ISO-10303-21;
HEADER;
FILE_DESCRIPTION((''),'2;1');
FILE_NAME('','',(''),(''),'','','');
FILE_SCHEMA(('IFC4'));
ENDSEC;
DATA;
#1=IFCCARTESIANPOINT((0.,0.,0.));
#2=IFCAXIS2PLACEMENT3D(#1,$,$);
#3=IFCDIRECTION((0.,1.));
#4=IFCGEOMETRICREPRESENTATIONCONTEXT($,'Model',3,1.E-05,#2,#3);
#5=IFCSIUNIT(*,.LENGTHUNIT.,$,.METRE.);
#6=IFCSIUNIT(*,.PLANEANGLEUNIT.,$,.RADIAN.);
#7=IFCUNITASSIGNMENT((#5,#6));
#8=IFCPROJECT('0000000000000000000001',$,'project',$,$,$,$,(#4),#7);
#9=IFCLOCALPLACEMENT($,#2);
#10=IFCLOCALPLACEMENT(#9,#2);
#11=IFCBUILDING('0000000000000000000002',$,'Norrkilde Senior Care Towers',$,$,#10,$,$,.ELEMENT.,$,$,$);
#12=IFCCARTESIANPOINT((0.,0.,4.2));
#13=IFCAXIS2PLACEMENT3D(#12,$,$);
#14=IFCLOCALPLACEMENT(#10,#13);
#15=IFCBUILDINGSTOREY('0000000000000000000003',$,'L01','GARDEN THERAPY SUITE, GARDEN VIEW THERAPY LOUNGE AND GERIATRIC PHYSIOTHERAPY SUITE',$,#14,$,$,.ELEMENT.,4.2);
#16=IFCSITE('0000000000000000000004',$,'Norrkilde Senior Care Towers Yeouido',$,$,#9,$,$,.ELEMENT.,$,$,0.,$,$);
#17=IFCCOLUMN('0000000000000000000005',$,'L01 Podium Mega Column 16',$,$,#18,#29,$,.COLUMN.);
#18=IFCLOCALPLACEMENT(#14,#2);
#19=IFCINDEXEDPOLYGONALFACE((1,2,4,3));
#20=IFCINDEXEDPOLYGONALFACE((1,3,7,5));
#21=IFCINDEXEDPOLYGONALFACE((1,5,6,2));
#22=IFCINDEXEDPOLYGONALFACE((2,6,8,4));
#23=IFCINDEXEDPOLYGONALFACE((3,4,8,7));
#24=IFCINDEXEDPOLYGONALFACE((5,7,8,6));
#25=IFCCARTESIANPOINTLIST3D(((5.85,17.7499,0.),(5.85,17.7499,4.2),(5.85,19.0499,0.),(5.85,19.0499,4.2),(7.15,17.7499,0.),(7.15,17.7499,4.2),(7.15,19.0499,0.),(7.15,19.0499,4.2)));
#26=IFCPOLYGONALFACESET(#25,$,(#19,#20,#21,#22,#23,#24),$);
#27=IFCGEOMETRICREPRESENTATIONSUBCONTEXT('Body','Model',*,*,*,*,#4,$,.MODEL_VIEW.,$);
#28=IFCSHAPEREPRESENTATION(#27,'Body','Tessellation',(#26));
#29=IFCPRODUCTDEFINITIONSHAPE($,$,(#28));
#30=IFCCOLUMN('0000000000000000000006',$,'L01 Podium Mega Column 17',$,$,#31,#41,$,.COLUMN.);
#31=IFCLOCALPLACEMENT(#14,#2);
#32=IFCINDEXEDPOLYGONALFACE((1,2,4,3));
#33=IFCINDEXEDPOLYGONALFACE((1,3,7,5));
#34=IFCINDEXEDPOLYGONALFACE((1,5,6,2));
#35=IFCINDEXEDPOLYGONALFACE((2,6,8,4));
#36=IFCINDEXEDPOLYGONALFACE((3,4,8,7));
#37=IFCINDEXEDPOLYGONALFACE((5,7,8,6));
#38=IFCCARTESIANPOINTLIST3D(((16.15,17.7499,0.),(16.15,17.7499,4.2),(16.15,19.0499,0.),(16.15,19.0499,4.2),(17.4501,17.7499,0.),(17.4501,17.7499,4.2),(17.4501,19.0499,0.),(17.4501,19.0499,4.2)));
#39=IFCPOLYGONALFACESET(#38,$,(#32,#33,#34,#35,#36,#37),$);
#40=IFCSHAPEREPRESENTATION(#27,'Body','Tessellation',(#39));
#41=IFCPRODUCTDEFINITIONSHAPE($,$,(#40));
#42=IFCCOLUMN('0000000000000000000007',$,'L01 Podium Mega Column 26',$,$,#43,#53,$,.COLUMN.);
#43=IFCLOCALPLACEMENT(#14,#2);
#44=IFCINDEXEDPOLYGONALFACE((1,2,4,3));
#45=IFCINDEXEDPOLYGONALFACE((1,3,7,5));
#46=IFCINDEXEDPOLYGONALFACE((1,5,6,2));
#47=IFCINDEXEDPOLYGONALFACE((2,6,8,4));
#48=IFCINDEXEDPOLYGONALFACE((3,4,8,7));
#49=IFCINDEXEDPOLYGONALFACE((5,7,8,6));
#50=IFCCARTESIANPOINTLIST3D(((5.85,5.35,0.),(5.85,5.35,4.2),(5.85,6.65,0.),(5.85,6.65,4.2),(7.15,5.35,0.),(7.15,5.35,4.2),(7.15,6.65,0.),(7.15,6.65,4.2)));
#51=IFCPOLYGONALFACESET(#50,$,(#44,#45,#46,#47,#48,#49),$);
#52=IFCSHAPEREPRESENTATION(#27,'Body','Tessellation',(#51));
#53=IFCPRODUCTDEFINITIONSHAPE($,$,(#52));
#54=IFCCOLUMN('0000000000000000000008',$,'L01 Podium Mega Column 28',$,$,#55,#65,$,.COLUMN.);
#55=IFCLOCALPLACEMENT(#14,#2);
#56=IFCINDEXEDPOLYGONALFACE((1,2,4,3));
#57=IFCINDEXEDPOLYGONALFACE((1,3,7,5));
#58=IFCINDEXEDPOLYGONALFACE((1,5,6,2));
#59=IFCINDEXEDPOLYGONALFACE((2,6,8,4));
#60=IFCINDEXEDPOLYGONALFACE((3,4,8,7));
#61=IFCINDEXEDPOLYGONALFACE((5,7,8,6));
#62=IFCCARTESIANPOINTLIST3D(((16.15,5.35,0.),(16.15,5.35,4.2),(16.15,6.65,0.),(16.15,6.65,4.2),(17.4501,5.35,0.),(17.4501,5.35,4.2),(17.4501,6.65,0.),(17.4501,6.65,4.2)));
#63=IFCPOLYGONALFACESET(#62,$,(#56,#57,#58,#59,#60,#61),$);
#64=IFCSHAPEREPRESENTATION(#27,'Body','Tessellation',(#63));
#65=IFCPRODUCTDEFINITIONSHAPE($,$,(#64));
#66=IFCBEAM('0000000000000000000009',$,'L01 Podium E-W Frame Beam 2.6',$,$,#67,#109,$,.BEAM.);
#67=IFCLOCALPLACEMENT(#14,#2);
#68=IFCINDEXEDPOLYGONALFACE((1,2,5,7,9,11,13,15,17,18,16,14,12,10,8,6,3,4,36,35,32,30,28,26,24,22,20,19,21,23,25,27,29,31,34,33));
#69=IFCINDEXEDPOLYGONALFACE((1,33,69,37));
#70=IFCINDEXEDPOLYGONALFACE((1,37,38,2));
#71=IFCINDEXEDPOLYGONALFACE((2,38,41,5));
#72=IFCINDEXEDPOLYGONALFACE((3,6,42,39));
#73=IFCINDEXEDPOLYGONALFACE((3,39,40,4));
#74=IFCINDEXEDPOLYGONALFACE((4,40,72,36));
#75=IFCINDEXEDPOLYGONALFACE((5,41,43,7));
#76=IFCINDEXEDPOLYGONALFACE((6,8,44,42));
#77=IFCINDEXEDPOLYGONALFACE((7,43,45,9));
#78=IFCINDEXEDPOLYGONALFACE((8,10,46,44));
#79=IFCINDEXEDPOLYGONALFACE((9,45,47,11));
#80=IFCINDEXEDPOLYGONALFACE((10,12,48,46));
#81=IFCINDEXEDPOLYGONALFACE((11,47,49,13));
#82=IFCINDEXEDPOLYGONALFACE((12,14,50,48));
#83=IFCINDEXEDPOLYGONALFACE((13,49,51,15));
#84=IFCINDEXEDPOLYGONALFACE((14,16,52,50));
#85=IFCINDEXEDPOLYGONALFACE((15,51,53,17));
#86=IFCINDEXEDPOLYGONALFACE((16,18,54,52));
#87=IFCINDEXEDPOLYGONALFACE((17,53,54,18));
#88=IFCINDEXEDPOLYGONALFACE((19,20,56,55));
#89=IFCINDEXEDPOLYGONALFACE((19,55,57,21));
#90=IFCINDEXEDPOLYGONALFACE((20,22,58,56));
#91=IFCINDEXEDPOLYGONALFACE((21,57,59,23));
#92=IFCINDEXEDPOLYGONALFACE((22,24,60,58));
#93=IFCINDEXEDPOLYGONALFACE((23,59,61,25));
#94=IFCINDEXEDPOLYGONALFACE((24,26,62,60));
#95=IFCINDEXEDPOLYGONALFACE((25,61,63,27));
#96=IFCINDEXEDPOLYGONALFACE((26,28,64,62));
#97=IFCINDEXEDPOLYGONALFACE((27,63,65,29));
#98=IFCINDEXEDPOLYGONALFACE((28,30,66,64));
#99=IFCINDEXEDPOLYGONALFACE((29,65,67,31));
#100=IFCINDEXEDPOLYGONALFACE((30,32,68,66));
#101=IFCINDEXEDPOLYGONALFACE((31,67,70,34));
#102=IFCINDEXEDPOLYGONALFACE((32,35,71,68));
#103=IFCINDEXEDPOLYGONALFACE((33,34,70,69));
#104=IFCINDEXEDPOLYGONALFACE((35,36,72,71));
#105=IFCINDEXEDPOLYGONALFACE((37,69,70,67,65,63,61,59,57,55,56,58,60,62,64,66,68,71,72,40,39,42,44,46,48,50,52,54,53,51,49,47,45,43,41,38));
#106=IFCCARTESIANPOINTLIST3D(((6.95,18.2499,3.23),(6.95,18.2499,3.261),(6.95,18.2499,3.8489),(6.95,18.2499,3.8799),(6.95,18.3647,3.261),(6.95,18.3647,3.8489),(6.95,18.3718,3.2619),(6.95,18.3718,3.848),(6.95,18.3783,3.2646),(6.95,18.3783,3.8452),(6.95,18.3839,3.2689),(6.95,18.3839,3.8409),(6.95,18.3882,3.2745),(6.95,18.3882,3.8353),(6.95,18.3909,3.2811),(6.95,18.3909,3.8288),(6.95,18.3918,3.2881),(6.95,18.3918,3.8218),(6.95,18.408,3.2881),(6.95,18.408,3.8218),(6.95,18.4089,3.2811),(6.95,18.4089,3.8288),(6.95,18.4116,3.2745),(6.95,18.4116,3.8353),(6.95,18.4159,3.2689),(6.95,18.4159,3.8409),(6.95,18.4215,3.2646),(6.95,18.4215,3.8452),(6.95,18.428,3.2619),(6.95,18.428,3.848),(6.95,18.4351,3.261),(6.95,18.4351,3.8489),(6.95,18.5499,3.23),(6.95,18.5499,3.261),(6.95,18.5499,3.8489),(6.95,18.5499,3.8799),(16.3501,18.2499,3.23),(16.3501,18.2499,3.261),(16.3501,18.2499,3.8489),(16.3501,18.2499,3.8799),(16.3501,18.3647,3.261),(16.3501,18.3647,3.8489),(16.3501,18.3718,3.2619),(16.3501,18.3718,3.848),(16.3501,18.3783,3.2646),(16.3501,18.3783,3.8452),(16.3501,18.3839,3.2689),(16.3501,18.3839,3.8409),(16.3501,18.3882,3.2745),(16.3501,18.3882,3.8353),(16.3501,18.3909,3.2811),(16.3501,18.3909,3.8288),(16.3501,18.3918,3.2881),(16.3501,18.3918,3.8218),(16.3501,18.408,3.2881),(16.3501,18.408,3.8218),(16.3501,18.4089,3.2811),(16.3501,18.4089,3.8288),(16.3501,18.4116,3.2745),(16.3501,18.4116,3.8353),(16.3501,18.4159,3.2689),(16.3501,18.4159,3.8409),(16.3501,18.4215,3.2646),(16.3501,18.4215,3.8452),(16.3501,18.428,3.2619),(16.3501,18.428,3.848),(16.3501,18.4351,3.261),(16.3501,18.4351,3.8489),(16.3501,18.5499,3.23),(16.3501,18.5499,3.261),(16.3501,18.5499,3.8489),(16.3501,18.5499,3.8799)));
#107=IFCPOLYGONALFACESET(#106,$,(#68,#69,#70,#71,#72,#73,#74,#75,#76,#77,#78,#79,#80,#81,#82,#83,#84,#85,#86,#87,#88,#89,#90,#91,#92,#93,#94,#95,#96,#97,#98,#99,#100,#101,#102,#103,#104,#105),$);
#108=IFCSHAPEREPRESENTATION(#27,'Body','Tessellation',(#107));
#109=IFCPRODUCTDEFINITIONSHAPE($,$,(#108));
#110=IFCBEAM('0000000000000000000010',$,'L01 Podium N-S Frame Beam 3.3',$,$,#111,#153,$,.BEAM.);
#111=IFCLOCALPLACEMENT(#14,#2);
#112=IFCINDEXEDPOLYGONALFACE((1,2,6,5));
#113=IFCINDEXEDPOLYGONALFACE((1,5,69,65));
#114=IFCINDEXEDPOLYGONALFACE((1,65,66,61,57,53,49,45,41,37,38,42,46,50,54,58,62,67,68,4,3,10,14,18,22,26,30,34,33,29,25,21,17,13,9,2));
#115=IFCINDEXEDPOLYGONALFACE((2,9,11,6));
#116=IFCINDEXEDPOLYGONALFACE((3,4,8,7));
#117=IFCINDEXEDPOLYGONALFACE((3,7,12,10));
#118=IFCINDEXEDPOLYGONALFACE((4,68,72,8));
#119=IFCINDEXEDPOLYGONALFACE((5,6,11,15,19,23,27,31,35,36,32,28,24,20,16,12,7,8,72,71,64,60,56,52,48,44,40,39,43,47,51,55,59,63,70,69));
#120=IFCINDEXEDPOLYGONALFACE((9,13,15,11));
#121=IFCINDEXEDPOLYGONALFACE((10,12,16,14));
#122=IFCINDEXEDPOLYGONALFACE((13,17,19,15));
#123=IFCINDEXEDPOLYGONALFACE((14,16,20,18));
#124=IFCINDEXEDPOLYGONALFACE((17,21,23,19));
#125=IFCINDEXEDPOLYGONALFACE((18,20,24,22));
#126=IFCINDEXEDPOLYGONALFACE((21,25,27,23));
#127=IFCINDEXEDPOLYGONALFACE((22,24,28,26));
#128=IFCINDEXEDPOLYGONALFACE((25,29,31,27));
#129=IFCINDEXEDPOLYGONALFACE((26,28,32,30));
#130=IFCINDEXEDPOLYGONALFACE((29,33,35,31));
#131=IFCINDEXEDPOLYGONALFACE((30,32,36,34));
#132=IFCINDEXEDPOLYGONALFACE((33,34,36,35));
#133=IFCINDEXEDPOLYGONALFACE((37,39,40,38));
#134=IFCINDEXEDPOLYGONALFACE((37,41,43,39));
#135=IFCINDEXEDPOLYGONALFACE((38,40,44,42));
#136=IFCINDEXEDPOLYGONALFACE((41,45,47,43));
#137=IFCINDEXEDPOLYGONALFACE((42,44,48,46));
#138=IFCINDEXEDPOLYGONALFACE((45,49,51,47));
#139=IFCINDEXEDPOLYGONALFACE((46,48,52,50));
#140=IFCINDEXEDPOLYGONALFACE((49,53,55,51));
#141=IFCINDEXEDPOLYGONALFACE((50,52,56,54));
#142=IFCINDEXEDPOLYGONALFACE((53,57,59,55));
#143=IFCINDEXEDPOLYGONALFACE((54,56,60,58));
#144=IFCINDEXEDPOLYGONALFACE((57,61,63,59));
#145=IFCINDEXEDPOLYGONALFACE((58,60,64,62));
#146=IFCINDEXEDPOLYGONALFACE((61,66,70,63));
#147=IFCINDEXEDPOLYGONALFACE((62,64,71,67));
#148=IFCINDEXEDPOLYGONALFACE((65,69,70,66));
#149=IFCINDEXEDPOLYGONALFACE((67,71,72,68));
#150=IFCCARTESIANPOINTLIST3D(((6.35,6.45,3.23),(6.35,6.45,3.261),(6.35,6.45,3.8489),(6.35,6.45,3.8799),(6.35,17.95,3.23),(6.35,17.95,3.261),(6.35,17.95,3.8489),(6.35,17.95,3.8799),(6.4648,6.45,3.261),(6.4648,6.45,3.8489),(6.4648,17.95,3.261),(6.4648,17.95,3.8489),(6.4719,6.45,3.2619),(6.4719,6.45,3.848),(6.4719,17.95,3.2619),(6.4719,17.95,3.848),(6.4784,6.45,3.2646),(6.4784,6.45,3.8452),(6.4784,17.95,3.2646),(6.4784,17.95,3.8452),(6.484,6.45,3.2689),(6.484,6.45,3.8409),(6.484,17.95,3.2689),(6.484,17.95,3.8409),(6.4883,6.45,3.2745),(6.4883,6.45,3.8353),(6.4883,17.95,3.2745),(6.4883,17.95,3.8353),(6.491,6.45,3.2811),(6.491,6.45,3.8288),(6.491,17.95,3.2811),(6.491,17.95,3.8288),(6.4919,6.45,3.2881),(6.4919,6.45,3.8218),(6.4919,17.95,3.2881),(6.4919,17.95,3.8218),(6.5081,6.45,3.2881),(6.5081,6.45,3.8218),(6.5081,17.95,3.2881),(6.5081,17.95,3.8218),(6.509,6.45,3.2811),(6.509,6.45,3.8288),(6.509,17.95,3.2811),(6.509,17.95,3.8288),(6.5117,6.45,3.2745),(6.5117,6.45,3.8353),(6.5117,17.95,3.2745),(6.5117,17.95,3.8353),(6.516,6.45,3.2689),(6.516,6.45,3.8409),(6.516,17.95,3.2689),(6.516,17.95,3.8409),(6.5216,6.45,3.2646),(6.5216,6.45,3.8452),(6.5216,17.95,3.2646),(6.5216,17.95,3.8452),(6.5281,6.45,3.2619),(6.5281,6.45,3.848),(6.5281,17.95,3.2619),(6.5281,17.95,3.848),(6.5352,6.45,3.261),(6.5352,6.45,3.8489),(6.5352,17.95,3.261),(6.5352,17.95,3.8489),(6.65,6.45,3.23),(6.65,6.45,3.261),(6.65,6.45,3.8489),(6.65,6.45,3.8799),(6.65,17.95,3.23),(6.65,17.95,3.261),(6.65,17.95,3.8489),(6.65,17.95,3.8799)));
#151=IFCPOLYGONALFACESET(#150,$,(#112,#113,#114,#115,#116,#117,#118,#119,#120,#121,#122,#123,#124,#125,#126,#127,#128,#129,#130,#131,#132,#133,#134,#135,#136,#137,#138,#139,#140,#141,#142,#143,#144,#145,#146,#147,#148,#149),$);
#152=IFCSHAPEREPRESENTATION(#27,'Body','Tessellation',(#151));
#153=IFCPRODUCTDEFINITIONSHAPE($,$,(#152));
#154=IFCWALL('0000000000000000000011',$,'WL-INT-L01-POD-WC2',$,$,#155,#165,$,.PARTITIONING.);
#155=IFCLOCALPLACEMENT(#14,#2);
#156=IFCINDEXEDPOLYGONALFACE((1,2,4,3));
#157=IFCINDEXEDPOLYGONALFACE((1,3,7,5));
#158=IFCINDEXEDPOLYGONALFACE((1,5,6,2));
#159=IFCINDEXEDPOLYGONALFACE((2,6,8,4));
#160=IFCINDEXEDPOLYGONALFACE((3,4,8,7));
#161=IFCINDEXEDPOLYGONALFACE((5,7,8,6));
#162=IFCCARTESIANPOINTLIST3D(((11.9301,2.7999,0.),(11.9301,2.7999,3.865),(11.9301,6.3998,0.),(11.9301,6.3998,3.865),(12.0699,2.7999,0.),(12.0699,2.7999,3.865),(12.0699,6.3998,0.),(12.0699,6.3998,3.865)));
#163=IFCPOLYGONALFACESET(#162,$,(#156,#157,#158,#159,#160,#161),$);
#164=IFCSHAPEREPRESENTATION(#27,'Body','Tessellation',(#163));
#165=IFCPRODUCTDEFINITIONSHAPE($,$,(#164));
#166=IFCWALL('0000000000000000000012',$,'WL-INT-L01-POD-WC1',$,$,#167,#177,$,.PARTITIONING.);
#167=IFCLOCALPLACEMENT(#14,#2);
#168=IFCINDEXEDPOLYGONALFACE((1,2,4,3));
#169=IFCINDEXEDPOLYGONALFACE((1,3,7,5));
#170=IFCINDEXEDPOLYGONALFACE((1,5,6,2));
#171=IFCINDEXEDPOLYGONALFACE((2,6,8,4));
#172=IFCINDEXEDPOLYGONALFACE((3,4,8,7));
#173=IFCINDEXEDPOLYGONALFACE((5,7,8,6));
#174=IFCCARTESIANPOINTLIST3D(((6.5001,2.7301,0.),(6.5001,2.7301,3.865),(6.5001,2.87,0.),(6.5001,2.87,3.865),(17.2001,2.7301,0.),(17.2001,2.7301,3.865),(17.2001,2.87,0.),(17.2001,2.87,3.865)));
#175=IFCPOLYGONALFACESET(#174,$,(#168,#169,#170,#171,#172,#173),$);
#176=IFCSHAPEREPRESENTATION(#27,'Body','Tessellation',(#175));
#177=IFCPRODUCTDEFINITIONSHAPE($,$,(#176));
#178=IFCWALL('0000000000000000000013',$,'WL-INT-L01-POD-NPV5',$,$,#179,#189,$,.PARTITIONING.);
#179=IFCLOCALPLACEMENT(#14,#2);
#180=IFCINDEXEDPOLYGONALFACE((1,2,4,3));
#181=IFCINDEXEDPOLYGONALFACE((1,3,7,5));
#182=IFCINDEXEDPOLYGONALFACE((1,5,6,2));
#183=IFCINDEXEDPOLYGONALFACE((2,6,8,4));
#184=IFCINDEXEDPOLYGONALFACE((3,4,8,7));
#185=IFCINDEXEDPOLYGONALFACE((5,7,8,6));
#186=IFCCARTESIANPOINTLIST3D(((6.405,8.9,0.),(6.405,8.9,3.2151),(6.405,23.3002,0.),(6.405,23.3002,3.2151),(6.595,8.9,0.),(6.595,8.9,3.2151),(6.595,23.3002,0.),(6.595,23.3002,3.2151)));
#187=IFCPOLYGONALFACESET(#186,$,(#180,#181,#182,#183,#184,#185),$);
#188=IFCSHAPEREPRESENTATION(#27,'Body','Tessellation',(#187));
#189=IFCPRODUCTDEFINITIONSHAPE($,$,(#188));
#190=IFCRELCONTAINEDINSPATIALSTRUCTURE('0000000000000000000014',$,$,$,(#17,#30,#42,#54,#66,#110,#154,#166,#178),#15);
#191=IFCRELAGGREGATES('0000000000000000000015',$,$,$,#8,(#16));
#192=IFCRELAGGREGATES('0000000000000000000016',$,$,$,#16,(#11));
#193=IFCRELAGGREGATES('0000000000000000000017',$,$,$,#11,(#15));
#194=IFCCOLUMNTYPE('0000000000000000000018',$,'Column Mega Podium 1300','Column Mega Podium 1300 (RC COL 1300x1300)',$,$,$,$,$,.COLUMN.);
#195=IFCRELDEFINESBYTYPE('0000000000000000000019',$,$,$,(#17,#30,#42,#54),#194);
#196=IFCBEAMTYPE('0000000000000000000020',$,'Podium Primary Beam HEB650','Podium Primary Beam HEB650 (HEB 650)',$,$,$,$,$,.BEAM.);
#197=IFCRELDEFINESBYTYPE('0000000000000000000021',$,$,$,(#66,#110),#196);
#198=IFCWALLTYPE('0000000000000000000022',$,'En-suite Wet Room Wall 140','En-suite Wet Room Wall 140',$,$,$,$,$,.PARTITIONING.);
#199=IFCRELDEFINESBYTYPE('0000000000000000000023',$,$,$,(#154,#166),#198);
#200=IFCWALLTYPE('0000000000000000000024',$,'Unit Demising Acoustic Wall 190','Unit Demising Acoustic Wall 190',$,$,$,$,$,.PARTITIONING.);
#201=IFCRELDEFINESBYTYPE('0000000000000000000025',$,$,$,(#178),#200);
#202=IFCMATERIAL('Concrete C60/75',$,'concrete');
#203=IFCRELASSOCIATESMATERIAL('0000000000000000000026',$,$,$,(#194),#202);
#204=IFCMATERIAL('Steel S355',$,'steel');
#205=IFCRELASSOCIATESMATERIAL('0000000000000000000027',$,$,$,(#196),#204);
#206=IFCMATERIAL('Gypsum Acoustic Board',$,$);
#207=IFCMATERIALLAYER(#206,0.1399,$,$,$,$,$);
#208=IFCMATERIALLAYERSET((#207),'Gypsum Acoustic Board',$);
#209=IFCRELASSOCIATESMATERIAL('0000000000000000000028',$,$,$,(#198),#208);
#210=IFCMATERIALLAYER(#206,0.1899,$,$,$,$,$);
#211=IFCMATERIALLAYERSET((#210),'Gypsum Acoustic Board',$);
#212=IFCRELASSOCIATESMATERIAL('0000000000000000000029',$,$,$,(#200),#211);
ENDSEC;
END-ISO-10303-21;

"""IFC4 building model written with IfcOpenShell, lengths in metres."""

from ifc_helpers import new_model, si_unit, direction, frame, frame_2d, origin, origin_2d, place, context, subcontext, project, spatial, rectangle, i_section, extrude, source, transform, mapped, material, layer, layer_set, material_profile, profile_set, type_object, type_shapes, element, save


model = new_model("IFC4")

# Units and contexts
model_context = context("Model", 3, precision=1e-05, world=origin(), true_north=direction((0.0, 1.0)))
body_context = subcontext(model_context, "Body", "Model", "MODEL_VIEW")
ifc_project = project(units=[si_unit("LENGTHUNIT", "METRE"), si_unit("PLANEANGLEUNIT", "RADIAN")], contexts=[model_context])

# Site, building, storey
site_placement = place(None, origin())
site = spatial("IfcSite", under=ifc_project, at=site_placement, Name="Norrkilde Senior Care Towers Yeouido", CompositionType="ELEMENT", RefElevation=0.0)
building_placement = place(site_placement, origin())
building = spatial("IfcBuilding", under=site, at=building_placement, Name="Norrkilde Senior Care Towers", CompositionType="ELEMENT")
storey_placement = place(building_placement, frame((0.0, 0.0, 4.2)))
storey = spatial("IfcBuildingStorey", under=building, at=storey_placement, Name="L01", Description="GARDEN THERAPY SUITE, GARDEN VIEW THERAPY LOUNGE AND GERIATRIC PHYSIOTHERAPY SUITE", CompositionType="ELEMENT", Elevation=4.2)

# Columns
ifc_material_1 = material(Name="Concrete C60/75", Category="concrete")
ifc_material_profile_1 = material_profile(ifc_material_1, rectangle(XDim=1.3, YDim=1.3, at=origin_2d()), Name="RC COL 1300x1300")
ifc_profile_set_1 = profile_set([ifc_material_profile_1], Name="Concrete C60/75")
column_type = type_object("IfcColumnType", Name="Column Mega Podium 1300", Description="Column Mega Podium 1300 (RC COL 1300x1300)", PredefinedType="COLUMN", material=ifc_profile_set_1)
shared_shape_1 = source(origin(), body_context, "Body", "SweptSolid", [
    extrude(rectangle(XDim=1.3, YDim=1.3, at=origin_2d()), origin(), (0.0, 0.0, 1.0), 4.2),
])
type_shapes(column_type, [shared_shape_1])
for number, where, z_axis, x_axis, name in (
    (1, (6.5, 18.3999, 0.0), (0.0, 0.0, 1.0), (1.0, 0.0, 0.0), "L01 Podium Mega Column 16"),
    (2, (16.8, 18.3999, 0.0), (0.0, 0.0, 1.0), (1.0, 0.0, 0.0), "L01 Podium Mega Column 17"),
    (3, (6.5, 6.0, 0.0), (0.0, 0.0, 1.0), (1.0, 0.0, 0.0), "L01 Podium Mega Column 26"),
    (4, (16.8, 6.0, 0.0), (0.0, 0.0, 1.0), (1.0, 0.0, 0.0), "L01 Podium Mega Column 28"),
):
    element("IfcColumn", number, at=place(storey_placement, frame(where, z_axis=z_axis, x_axis=x_axis)), inside=storey, type_object=column_type, Name=name, PredefinedType="COLUMN", context=body_context, shape_type="MappedRepresentation", body=[
        mapped(shared_shape_1, transform((0.0, 0.0, 0.0), x_axis=(1.0, 0.0, 0.0), y_axis=(0.0, 1.0, 0.0), z_axis=(0.0, 0.0, 1.0), scale=1.0)),
    ])

# Beams
ifc_material_2 = material(Name="Steel S355", Category="steel")
ifc_material_profile_2 = material_profile(ifc_material_2, i_section(OverallWidth=0.3, OverallDepth=0.6499, WebThickness=0.0161, FlangeThickness=0.031, FilletRadius=0.0271, at=origin_2d()), Name="HEB 650")
ifc_profile_set_2 = profile_set([ifc_material_profile_2], Name="Steel S355")
beam_type = type_object("IfcBeamType", Name="Podium Primary Beam HEB650", Description="Podium Primary Beam HEB650 (HEB 650)", PredefinedType="BEAM", material=ifc_profile_set_2)
shared_shape_2 = source(origin(), body_context, "Body", "SweptSolid", [
    extrude(i_section(OverallWidth=0.3, OverallDepth=0.6499, WebThickness=0.0161, FlangeThickness=0.031, FilletRadius=0.0271, at=origin_2d()), origin(), (0.0, 0.0, 1.0), 9.4001),
])
beam_1_placement = place(storey_placement, frame((6.95, 18.3999, 3.5549), z_axis=(1.0, 0.0, 0.0), x_axis=(0.0, 1.0, 0.0)))
element("IfcBeam", 5, at=beam_1_placement, inside=storey, type_object=beam_type, Name="L01 Podium E-W Frame Beam 2.6", PredefinedType="BEAM", context=body_context, shape_type="MappedRepresentation", body=[
    mapped(shared_shape_2, transform((0.0, 0.0, 0.0), x_axis=(1.0, 0.0, 0.0), y_axis=(0.0, 1.0, 0.0), z_axis=(0.0, 0.0, 1.0), scale=1.0)),
])
shared_shape_3 = source(origin(), body_context, "Body", "SweptSolid", [
    extrude(i_section(OverallWidth=0.3, OverallDepth=0.6499, WebThickness=0.0161, FlangeThickness=0.031, FilletRadius=0.0271, at=origin_2d()), origin(), (0.0, 0.0, 1.0), 11.5),
])
type_shapes(beam_type, [shared_shape_2, shared_shape_3])
beam_2_placement = place(storey_placement, frame((6.5, 6.45, 3.5549), z_axis=(0.0, 1.0, 0.0), x_axis=(-1.0, 0.0, 0.0)))
element("IfcBeam", 6, at=beam_2_placement, inside=storey, type_object=beam_type, Name="L01 Podium N-S Frame Beam 3.3", PredefinedType="BEAM", context=body_context, shape_type="MappedRepresentation", body=[
    mapped(shared_shape_3, transform((0.0, 0.0, 0.0), x_axis=(1.0, 0.0, 0.0), y_axis=(0.0, 1.0, 0.0), z_axis=(0.0, 0.0, 1.0), scale=1.0)),
])

# Walls
ifc_material_3 = material(Name="Gypsum Acoustic Board")
ifc_layer_1 = layer(ifc_material_3, 0.1399)
ifc_layer_set_1 = layer_set([ifc_layer_1], Name="Gypsum Acoustic Board")
wall_type_1 = type_object("IfcWallType", Name="En-suite Wet Room Wall 140", Description="En-suite Wet Room Wall 140", PredefinedType="PARTITIONING", material=ifc_layer_set_1)
shared_shape_4 = source(origin(), body_context, "Body", "SweptSolid", [
    extrude(rectangle(XDim=3.5999, YDim=0.1399, at=frame_2d((1.7998, 0.0))), origin(), (0.0, 0.0, 1.0), 3.865),
])
wall_1_placement = place(storey_placement, frame((12.0, 2.8, 0.0), z_axis=(0.0, 0.0, 1.0), x_axis=(0.0, 1.0, 0.0)))
element("IfcWall", 7, at=wall_1_placement, inside=storey, type_object=wall_type_1, Name="WL-INT-L01-POD-WC2", PredefinedType="PARTITIONING", context=body_context, shape_type="MappedRepresentation", body=[
    mapped(shared_shape_4, transform((0.0, 0.0, 0.0), x_axis=(1.0, 0.0, 0.0), y_axis=(0.0, 1.0, 0.0), z_axis=(0.0, 0.0, 1.0), scale=1.0)),
])
shared_shape_5 = source(origin(), body_context, "Body", "SweptSolid", [
    extrude(rectangle(XDim=10.7, YDim=0.1399, at=frame_2d((5.3501, 0.0))), origin(), (0.0, 0.0, 1.0), 3.865),
])
type_shapes(wall_type_1, [shared_shape_4, shared_shape_5])
wall_2_placement = place(storey_placement, frame((6.5, 2.8, 0.0), z_axis=(0.0, 0.0, 1.0), x_axis=(1.0, 0.0, 0.0)))
element("IfcWall", 8, at=wall_2_placement, inside=storey, type_object=wall_type_1, Name="WL-INT-L01-POD-WC1", PredefinedType="PARTITIONING", context=body_context, shape_type="MappedRepresentation", body=[
    mapped(shared_shape_5, transform((0.0, 0.0, 0.0), x_axis=(1.0, 0.0, 0.0), y_axis=(0.0, 1.0, 0.0), z_axis=(0.0, 0.0, 1.0), scale=1.0)),
])
ifc_layer_2 = layer(ifc_material_3, 0.1899)
ifc_layer_set_2 = layer_set([ifc_layer_2], Name="Gypsum Acoustic Board")
wall_type_2 = type_object("IfcWallType", Name="Unit Demising Acoustic Wall 190", Description="Unit Demising Acoustic Wall 190", PredefinedType="PARTITIONING", material=ifc_layer_set_2)
shared_shape_6 = source(origin(), body_context, "Body", "SweptSolid", [
    extrude(rectangle(XDim=14.4001, YDim=0.1899, at=frame_2d((7.2002, 0.0))), origin(), (0.0, 0.0, 1.0), 3.2151),
])
type_shapes(wall_type_2, [shared_shape_6])
wall_3_placement = place(storey_placement, frame((6.5, 8.8999, 0.0), z_axis=(0.0, 0.0, 1.0), x_axis=(0.0, 1.0, 0.0)))
element("IfcWall", 9, at=wall_3_placement, inside=storey, type_object=wall_type_2, Name="WL-INT-L01-POD-NPV5", PredefinedType="PARTITIONING", context=body_context, shape_type="MappedRepresentation", body=[
    mapped(shared_shape_6, transform((0.0, 0.0, 0.0), x_axis=(1.0, 0.0, 0.0), y_axis=(0.0, 1.0, 0.0), z_axis=(0.0, 0.0, 1.0), scale=1.0)),
])

save(model, "model.ifc")
